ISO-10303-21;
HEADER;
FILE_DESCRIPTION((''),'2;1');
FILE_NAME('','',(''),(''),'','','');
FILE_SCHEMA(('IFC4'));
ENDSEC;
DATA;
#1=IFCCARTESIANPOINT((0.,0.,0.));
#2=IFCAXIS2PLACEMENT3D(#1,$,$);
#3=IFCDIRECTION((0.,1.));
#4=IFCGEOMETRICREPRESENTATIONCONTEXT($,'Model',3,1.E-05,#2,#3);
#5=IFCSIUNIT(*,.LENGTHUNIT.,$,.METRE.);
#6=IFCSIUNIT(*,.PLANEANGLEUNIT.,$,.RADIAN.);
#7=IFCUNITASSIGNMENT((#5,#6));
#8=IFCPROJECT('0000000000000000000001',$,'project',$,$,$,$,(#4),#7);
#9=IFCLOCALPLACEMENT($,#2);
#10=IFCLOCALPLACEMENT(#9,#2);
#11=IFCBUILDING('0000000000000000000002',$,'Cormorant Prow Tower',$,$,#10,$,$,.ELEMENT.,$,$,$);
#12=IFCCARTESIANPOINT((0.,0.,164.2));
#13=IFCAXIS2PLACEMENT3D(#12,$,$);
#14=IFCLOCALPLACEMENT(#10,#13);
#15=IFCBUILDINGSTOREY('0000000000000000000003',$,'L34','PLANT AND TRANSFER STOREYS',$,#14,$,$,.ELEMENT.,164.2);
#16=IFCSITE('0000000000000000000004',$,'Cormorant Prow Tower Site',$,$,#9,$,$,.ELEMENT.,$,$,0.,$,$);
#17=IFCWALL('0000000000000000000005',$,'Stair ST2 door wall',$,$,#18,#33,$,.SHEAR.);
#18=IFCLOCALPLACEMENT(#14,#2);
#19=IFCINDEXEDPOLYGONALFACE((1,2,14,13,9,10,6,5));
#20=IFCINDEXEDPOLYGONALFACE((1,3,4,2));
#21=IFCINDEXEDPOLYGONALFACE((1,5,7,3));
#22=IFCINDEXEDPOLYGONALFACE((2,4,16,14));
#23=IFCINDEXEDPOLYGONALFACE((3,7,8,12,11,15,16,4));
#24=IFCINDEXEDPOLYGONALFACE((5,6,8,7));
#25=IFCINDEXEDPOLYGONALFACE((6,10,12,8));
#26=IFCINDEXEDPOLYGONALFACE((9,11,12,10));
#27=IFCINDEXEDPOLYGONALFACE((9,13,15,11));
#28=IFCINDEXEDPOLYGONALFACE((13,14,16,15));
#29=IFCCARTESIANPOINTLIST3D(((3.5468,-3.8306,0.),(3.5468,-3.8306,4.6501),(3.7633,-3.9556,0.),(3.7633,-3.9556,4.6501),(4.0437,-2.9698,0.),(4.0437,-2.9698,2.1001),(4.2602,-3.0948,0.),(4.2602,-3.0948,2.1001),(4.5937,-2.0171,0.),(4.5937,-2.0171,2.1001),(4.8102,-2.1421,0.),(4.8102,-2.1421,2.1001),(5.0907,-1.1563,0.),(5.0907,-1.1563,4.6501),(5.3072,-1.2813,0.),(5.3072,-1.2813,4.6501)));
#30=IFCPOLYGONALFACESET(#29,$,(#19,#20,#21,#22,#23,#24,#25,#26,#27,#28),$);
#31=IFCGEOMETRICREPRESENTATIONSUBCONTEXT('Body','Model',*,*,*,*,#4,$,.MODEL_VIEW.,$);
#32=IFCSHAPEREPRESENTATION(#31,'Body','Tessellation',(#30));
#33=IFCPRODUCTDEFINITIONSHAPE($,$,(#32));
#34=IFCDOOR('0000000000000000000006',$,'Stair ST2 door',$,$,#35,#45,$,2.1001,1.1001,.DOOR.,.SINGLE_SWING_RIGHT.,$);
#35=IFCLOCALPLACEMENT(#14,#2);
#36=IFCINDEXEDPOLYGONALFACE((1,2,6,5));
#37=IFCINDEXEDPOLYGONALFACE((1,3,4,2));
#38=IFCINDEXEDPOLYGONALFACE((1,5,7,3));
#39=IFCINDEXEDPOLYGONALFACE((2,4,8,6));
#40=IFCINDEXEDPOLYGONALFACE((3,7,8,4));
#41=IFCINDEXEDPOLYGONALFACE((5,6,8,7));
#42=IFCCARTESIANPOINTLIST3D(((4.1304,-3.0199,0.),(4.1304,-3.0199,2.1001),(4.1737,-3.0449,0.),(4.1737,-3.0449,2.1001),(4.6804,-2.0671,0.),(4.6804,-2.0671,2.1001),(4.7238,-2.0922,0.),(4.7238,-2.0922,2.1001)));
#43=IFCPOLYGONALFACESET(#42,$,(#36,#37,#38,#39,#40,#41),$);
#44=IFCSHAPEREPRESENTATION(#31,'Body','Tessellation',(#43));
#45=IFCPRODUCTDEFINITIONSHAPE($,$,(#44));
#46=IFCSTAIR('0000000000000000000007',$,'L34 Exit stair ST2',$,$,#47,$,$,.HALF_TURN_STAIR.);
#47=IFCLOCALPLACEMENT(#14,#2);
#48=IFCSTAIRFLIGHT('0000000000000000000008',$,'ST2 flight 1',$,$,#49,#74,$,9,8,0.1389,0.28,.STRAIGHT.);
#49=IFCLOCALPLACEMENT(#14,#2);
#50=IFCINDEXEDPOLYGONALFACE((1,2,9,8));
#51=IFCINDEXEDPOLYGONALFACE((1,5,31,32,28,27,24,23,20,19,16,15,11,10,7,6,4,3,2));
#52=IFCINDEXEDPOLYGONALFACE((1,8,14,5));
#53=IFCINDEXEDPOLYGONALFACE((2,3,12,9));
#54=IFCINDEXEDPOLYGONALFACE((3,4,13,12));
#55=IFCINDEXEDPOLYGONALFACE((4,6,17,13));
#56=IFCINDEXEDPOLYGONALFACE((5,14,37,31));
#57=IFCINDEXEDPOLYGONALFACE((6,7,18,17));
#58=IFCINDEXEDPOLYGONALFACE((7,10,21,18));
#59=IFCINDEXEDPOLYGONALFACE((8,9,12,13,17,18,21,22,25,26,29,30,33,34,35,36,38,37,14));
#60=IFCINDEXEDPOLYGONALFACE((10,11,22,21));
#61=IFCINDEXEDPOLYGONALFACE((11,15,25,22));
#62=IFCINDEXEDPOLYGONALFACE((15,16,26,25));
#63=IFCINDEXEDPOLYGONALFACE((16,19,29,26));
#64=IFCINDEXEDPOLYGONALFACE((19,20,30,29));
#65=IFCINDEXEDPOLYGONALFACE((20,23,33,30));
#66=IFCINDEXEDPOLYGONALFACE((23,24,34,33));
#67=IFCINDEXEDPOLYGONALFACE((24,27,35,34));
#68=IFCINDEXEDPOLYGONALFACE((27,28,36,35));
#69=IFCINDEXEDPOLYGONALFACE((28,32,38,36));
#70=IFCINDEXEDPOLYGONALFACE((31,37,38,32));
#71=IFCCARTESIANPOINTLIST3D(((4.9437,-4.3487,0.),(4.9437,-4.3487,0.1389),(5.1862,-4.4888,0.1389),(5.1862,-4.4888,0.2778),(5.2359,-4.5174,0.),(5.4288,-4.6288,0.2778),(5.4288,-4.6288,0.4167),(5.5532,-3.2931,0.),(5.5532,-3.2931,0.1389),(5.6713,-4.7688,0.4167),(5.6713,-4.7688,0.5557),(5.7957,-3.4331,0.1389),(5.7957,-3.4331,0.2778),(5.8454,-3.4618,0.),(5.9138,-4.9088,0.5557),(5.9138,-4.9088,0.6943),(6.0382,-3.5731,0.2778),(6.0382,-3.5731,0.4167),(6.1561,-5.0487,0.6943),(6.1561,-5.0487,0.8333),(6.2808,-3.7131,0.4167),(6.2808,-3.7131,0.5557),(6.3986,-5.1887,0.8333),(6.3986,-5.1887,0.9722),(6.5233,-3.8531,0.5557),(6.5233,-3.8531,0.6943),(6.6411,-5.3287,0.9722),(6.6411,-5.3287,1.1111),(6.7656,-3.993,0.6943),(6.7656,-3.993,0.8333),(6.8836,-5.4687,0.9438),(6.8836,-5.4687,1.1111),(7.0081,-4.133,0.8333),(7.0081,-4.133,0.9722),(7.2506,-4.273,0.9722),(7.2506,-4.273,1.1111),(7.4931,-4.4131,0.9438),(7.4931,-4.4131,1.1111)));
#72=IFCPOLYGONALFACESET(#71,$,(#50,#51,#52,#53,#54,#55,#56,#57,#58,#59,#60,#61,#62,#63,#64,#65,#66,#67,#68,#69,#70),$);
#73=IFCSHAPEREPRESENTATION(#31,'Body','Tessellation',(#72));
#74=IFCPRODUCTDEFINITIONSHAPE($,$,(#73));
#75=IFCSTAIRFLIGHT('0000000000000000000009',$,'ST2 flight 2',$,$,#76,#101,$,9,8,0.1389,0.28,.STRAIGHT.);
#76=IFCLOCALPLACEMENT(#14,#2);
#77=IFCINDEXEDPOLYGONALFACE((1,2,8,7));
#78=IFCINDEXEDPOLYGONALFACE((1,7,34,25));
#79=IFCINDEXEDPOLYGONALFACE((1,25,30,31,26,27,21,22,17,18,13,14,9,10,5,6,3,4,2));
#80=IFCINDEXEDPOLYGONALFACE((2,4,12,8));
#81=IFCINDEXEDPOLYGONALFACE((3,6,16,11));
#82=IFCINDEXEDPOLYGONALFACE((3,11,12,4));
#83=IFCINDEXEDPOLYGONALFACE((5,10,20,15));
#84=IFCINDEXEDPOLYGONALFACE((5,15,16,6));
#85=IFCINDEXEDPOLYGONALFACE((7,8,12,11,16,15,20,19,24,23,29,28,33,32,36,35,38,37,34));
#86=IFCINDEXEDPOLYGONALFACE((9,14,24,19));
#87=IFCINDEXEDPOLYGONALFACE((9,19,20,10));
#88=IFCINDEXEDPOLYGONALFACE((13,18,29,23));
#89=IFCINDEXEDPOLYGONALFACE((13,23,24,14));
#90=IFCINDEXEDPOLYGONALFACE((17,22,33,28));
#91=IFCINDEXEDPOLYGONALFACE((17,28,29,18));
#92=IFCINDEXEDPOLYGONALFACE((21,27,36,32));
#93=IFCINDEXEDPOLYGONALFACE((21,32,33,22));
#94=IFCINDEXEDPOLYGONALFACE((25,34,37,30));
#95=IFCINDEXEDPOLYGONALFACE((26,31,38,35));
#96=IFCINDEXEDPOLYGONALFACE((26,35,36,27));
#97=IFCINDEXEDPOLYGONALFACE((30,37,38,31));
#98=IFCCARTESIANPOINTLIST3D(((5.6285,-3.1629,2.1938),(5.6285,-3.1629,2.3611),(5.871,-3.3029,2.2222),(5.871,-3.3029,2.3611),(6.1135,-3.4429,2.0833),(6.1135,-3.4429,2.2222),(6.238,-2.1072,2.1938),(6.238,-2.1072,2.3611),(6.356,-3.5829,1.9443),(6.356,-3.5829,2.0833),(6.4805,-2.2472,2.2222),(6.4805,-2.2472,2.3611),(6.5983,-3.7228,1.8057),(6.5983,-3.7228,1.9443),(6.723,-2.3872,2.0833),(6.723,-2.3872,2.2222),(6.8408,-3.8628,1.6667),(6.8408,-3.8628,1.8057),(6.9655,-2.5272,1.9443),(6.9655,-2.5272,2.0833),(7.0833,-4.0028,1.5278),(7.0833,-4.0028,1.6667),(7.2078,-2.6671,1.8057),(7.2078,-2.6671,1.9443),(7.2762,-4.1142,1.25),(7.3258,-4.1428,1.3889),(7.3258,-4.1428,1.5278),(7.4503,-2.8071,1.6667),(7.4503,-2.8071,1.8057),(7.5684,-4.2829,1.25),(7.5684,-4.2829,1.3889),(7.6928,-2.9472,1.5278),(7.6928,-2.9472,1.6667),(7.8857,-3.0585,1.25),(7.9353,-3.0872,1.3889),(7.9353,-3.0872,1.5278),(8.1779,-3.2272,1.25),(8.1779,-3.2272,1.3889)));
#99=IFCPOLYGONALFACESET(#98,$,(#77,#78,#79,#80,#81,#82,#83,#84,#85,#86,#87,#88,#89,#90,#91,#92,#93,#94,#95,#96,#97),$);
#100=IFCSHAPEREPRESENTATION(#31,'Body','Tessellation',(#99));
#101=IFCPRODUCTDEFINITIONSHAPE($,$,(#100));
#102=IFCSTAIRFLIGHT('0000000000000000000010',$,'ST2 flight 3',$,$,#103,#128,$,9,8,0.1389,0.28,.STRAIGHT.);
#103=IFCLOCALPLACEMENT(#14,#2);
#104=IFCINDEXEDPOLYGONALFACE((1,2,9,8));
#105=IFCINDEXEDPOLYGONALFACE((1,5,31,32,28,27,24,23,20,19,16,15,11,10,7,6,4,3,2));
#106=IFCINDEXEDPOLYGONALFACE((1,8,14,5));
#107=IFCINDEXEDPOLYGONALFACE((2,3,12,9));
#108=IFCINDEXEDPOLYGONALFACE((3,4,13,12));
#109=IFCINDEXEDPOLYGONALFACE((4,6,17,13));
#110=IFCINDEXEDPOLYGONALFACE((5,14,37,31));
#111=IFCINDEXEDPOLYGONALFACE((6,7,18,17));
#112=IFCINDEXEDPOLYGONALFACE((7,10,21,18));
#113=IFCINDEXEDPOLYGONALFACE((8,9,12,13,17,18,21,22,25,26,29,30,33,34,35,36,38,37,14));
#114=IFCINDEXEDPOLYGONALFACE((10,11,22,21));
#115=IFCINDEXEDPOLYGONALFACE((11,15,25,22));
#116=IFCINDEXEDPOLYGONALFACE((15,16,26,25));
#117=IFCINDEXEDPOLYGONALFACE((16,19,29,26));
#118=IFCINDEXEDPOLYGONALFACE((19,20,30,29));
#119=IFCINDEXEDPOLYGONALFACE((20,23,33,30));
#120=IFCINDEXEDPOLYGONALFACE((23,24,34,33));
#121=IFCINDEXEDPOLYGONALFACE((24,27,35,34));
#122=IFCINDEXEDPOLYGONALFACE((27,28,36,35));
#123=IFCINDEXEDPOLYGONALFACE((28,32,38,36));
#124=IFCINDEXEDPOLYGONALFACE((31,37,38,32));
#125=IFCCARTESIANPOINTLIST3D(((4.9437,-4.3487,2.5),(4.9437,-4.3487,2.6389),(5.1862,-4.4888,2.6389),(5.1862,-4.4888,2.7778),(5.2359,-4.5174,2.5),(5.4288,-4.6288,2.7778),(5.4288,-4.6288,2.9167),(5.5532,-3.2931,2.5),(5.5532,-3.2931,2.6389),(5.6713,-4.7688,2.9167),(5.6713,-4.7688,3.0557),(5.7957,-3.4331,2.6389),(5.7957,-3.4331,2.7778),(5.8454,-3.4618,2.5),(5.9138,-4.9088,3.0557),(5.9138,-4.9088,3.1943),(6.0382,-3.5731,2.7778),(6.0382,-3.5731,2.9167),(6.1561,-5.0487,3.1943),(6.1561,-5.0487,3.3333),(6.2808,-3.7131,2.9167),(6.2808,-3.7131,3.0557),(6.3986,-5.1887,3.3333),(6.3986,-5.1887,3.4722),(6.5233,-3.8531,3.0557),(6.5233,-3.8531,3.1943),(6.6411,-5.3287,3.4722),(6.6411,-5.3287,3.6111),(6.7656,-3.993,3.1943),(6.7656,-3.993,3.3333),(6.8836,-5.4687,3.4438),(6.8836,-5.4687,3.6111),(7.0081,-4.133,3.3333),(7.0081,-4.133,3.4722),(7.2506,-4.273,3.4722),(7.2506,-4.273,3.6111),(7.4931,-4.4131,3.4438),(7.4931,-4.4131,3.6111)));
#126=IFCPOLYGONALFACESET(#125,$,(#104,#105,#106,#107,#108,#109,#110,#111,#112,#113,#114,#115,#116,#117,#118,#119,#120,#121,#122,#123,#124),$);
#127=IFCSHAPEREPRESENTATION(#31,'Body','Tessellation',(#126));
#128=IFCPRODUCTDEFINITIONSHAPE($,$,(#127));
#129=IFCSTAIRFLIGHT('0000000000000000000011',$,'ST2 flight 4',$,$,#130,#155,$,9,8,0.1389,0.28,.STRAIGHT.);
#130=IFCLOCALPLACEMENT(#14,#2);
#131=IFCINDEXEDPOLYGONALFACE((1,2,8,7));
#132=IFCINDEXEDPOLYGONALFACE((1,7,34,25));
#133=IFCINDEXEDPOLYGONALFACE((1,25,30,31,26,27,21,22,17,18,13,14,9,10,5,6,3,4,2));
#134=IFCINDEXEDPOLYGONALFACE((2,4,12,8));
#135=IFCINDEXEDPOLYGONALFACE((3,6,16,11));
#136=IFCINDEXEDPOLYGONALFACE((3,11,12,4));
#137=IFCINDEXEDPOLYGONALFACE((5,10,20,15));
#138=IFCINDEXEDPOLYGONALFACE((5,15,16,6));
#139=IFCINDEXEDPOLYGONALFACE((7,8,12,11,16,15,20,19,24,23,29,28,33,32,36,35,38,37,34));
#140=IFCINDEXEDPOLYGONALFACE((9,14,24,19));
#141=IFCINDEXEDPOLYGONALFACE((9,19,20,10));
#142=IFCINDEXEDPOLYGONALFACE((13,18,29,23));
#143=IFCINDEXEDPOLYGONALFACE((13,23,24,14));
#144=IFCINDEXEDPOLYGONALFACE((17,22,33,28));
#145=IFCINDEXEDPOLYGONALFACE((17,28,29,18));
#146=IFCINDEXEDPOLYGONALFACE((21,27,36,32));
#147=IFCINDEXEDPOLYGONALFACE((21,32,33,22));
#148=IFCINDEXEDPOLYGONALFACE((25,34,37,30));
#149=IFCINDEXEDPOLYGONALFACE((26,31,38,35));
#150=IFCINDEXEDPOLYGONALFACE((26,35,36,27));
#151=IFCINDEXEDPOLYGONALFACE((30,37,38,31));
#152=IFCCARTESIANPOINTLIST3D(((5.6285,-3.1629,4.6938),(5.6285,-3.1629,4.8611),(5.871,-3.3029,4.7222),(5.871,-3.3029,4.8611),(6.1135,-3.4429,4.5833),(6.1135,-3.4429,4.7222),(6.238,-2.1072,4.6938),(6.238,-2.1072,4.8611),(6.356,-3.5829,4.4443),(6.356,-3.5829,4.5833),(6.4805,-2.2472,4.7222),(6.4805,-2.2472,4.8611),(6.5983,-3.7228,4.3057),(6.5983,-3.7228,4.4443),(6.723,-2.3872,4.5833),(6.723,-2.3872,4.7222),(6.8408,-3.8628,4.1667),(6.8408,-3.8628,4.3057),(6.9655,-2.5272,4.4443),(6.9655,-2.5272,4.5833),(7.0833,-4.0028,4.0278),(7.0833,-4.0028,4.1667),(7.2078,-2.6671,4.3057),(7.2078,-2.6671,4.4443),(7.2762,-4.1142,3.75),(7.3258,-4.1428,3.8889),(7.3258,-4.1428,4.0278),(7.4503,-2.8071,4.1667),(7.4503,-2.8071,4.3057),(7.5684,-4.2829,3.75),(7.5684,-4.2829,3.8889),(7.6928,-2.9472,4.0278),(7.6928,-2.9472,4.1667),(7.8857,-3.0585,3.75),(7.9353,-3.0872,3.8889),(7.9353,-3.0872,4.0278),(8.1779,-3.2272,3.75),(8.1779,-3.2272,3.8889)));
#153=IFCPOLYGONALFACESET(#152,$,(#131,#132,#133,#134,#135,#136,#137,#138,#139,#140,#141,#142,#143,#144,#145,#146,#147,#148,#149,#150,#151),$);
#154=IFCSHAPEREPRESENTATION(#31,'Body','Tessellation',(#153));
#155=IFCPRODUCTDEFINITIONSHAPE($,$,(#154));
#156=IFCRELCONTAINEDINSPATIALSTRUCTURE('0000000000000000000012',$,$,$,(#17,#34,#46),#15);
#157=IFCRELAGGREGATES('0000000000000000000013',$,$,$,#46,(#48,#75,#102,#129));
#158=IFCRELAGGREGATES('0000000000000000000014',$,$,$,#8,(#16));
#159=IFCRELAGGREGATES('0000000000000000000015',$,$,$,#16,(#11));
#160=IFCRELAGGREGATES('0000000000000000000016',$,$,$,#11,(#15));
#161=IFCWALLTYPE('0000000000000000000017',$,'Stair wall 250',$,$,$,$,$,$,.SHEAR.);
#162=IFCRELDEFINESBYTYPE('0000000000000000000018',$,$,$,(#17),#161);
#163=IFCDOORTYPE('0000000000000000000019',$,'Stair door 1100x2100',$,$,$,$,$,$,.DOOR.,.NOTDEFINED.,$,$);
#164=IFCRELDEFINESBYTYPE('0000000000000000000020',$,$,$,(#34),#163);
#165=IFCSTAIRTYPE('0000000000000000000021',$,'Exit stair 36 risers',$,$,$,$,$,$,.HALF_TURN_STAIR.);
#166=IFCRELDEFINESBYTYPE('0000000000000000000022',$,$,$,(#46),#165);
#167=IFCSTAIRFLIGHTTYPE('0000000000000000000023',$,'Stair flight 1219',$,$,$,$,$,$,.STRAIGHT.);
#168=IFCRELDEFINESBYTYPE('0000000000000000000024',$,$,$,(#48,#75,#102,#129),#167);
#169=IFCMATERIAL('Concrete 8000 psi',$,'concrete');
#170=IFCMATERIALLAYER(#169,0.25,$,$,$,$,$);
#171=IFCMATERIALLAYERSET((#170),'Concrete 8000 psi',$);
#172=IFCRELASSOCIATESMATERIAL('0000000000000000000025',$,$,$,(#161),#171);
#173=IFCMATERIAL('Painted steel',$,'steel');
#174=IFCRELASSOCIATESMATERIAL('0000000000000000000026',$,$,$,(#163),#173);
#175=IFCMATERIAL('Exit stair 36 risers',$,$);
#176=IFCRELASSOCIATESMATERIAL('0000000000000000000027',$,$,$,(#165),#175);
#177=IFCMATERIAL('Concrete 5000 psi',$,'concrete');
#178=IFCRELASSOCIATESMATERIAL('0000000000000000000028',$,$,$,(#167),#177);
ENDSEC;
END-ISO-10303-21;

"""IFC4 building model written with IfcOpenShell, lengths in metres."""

from ifc_helpers import new_model, si_unit, direction, frame, frame_2d, origin, place, context, subcontext, project, spatial, polyline, rectangle, outline, extrude, material, layer, layer_set, type_object, element, fill, aggregate, save


model = new_model("IFC4")

# Units and contexts
model_context = context("Model", 3, precision=1e-05, world=origin(), true_north=direction((0.0, 1.0)))
body_context = subcontext(model_context, "Body", "Model", "MODEL_VIEW")
ifc_project = project(units=[si_unit("LENGTHUNIT", "METRE"), si_unit("PLANEANGLEUNIT", "RADIAN")], contexts=[model_context])

# Site, building, storey
site_placement = place(None, origin())
site = spatial("IfcSite", under=ifc_project, at=site_placement, Name="Cormorant Prow Tower Site", CompositionType="ELEMENT", RefElevation=0.0)
building_placement = place(site_placement, origin())
building = spatial("IfcBuilding", under=site, at=building_placement, Name="Cormorant Prow Tower", CompositionType="ELEMENT")
storey_placement = place(building_placement, frame((0.0, 0.0, 164.2)))
storey = spatial("IfcBuildingStorey", under=building, at=storey_placement, Name="L34", Description="PLANT AND TRANSFER STOREYS", CompositionType="ELEMENT", Elevation=164.2)

# Wall, opening, door
ifc_material_1 = material(Name="Concrete 8000 psi", Category="concrete")
ifc_layer_1 = layer(ifc_material_1, 0.25)
ifc_layer_set_1 = layer_set([ifc_layer_1], Name="Concrete 8000 psi")
wall_type_1 = type_object("IfcWallType", Name="Stair wall 250", PredefinedType="SHEAR", material=ifc_layer_set_1)
wall_1_placement = place(storey_placement, frame((3.655, -3.8931, 0.0), z_axis=(0.0, 0.0, 1.0), x_axis=(0.499983, 0.866035, 0.0)))
wall_1 = element("IfcWall", 1, at=wall_1_placement, inside=storey, type_object=wall_type_1, Name="Stair ST2 door wall", PredefinedType="SHEAR", context=body_context, shape_type="SweptSolid", body=[
    extrude(rectangle(XDim=3.0879, YDim=0.25, at=frame_2d((1.5439, 0.0))), origin(), (0.0, 0.0, 1.0), 4.6501),
])
opening_1_placement = place(wall_1_placement, frame((0.9939, 0.0, 0.0)))
opening_1 = element("IfcOpeningElement", 2, at=opening_1_placement, cuts=wall_1, PredefinedType="OPENING", context=body_context, shape_type="SweptSolid", body=[
    extrude(rectangle(XDim=1.1001, YDim=2.1001, at=frame_2d((0.55, 1.05))), frame((0.0, 0.135, 0.0), z_axis=(0.0, -1.0, 0.0), x_axis=(1.0, 0.0, 0.0)), (0.0, 0.0, 1.0), 0.27),
])
ifc_material_2 = material(Name="Painted steel", Category="steel")
door_type_1 = type_object("IfcDoorType", Name="Stair door 1100x2100", OperationType="NOTDEFINED", PredefinedType="DOOR", material=ifc_material_2)
door_1_placement = place(opening_1_placement, origin())
door_1 = element("IfcDoor", 3, at=door_1_placement, inside=storey, type_object=door_type_1, Name="Stair ST2 door", OperationType="SINGLE_SWING_RIGHT", OverallHeight=2.1001, OverallWidth=1.1001, PredefinedType="DOOR", context=body_context, shape_type="SweptSolid", body=[
    extrude(rectangle(XDim=1.1001, YDim=2.1001, at=frame_2d((0.55, 1.05))), frame((0.0, 0.0249, 0.0), z_axis=(0.0, -1.0, 0.0), x_axis=(1.0, 0.0, 0.0)), (0.0, 0.0, 1.0), 0.05),
])
fill(opening_1, door_1)

# Stair, stair flights
ifc_material_3 = material(Name="Exit stair 36 risers")
stair_type = type_object("IfcStairType", Name="Exit stair 36 risers", PredefinedType="HALF_TURN_STAIR", material=ifc_material_3)
stair_placement = place(storey_placement, origin())
stair = element("IfcStair", 4, at=stair_placement, inside=storey, type_object=stair_type, Name="L34 Exit stair ST2", PredefinedType="HALF_TURN_STAIR")
ifc_material_4 = material(Name="Concrete 5000 psi", Category="concrete")
stair_flight_type = type_object("IfcStairFlightType", Name="Stair flight 1219", PredefinedType="STRAIGHT", material=ifc_material_4)
stair_flight_1_placement = place(storey_placement, frame((5.2485, -3.8208, 0.0), z_axis=(0.0, 0.0, 1.0), x_axis=(0.866025, -0.5, 0.0)))
stair_flight_1 = element("IfcStairFlight", 5, at=stair_flight_1_placement, type_object=stair_flight_type, Name="ST2 flight 1", NumberOfRisers=9, NumberOfTreads=8, PredefinedType="STRAIGHT", RiserHeight=0.1389, TreadLength=0.28, context=body_context, shape_type="SweptSolid", body=[
    extrude(outline(polyline([(0.0, 0.0), (0.0, 0.1389), (0.28, 0.1389), (0.28, 0.2778), (0.5601, 0.2778), (0.5601, 0.4167), (0.8401, 0.4167), (0.8401, 0.5557), (1.1201, 0.5557), (1.1201, 0.6943), (1.3999, 0.6943), (1.3999, 0.8333), (1.6799, 0.8333), (1.6799, 0.9722), (1.96, 0.9722), (1.96, 1.1111), (2.24, 1.1111), (2.24, 1.25), (2.24, 0.9438), (0.3374, 0.0), (0.0, 0.0)])), frame((0.0, 0.6094, 0.0), z_axis=(0.0, -1.0, 0.0), x_axis=(1.0, 0.0, 0.0)), (0.0, 0.0, 1.0), 1.219),
])
stair_flight_2_placement = place(storey_placement, frame((7.873, -3.7551, 1.25), z_axis=(0.0, 0.0, 1.0), x_axis=(-0.866025, 0.5, 0.0)))
stair_flight_2 = element("IfcStairFlight", 6, at=stair_flight_2_placement, type_object=stair_flight_type, Name="ST2 flight 2", NumberOfRisers=9, NumberOfTreads=8, PredefinedType="STRAIGHT", RiserHeight=0.1389, TreadLength=0.28, context=body_context, shape_type="SweptSolid", body=[
    extrude(outline(polyline([(0.0, 0.0), (0.0, 0.1389), (0.28, 0.1389), (0.28, 0.2778), (0.5601, 0.2778), (0.5601, 0.4167), (0.8401, 0.4167), (0.8401, 0.5557), (1.1201, 0.5557), (1.1201, 0.6943), (1.3999, 0.6943), (1.3999, 0.8333), (1.6799, 0.8333), (1.6799, 0.9722), (1.96, 0.9722), (1.96, 1.1111), (2.24, 1.1111), (2.24, 1.25), (2.24, 0.9438), (0.3374, 0.0), (0.0, 0.0)])), frame((0.0, 0.6094, 0.0), z_axis=(0.0, -1.0, 0.0), x_axis=(1.0, 0.0, 0.0)), (0.0, 0.0, 1.0), 1.219),
])
stair_flight_3_placement = place(storey_placement, frame((5.2485, -3.8208, 2.5), z_axis=(0.0, 0.0, 1.0), x_axis=(0.866025, -0.5, 0.0)))
stair_flight_3 = element("IfcStairFlight", 7, at=stair_flight_3_placement, type_object=stair_flight_type, Name="ST2 flight 3", NumberOfRisers=9, NumberOfTreads=8, PredefinedType="STRAIGHT", RiserHeight=0.1389, TreadLength=0.28, context=body_context, shape_type="SweptSolid", body=[
    extrude(outline(polyline([(0.0, 0.0), (0.0, 0.1389), (0.28, 0.1389), (0.28, 0.2778), (0.5601, 0.2778), (0.5601, 0.4167), (0.8401, 0.4167), (0.8401, 0.5557), (1.1201, 0.5557), (1.1201, 0.6943), (1.3999, 0.6943), (1.3999, 0.8333), (1.6799, 0.8333), (1.6799, 0.9722), (1.96, 0.9722), (1.96, 1.1111), (2.24, 1.1111), (2.24, 1.25), (2.24, 0.9438), (0.3374, 0.0), (0.0, 0.0)])), frame((0.0, 0.6094, 0.0), z_axis=(0.0, -1.0, 0.0), x_axis=(1.0, 0.0, 0.0)), (0.0, 0.0, 1.0), 1.219),
])
stair_flight_4_placement = place(storey_placement, frame((7.873, -3.7551, 3.75), z_axis=(0.0, 0.0, 1.0), x_axis=(-0.866025, 0.5, 0.0)))
stair_flight_4 = element("IfcStairFlight", 8, at=stair_flight_4_placement, type_object=stair_flight_type, Name="ST2 flight 4", NumberOfRisers=9, NumberOfTreads=8, PredefinedType="STRAIGHT", RiserHeight=0.1389, TreadLength=0.28, context=body_context, shape_type="SweptSolid", body=[
    extrude(outline(polyline([(0.0, 0.0), (0.0, 0.1389), (0.28, 0.1389), (0.28, 0.2778), (0.5601, 0.2778), (0.5601, 0.4167), (0.8401, 0.4167), (0.8401, 0.5557), (1.1201, 0.5557), (1.1201, 0.6943), (1.3999, 0.6943), (1.3999, 0.8333), (1.6799, 0.8333), (1.6799, 0.9722), (1.96, 0.9722), (1.96, 1.1111), (2.24, 1.1111), (2.24, 1.25), (2.24, 0.9438), (0.3374, 0.0), (0.0, 0.0)])), frame((0.0, 0.6094, 0.0), z_axis=(0.0, -1.0, 0.0), x_axis=(1.0, 0.0, 0.0)), (0.0, 0.0, 1.0), 1.219),
])
aggregate(stair, [stair_flight_1, stair_flight_2, stair_flight_3, stair_flight_4])

save(model, "model.ifc")
